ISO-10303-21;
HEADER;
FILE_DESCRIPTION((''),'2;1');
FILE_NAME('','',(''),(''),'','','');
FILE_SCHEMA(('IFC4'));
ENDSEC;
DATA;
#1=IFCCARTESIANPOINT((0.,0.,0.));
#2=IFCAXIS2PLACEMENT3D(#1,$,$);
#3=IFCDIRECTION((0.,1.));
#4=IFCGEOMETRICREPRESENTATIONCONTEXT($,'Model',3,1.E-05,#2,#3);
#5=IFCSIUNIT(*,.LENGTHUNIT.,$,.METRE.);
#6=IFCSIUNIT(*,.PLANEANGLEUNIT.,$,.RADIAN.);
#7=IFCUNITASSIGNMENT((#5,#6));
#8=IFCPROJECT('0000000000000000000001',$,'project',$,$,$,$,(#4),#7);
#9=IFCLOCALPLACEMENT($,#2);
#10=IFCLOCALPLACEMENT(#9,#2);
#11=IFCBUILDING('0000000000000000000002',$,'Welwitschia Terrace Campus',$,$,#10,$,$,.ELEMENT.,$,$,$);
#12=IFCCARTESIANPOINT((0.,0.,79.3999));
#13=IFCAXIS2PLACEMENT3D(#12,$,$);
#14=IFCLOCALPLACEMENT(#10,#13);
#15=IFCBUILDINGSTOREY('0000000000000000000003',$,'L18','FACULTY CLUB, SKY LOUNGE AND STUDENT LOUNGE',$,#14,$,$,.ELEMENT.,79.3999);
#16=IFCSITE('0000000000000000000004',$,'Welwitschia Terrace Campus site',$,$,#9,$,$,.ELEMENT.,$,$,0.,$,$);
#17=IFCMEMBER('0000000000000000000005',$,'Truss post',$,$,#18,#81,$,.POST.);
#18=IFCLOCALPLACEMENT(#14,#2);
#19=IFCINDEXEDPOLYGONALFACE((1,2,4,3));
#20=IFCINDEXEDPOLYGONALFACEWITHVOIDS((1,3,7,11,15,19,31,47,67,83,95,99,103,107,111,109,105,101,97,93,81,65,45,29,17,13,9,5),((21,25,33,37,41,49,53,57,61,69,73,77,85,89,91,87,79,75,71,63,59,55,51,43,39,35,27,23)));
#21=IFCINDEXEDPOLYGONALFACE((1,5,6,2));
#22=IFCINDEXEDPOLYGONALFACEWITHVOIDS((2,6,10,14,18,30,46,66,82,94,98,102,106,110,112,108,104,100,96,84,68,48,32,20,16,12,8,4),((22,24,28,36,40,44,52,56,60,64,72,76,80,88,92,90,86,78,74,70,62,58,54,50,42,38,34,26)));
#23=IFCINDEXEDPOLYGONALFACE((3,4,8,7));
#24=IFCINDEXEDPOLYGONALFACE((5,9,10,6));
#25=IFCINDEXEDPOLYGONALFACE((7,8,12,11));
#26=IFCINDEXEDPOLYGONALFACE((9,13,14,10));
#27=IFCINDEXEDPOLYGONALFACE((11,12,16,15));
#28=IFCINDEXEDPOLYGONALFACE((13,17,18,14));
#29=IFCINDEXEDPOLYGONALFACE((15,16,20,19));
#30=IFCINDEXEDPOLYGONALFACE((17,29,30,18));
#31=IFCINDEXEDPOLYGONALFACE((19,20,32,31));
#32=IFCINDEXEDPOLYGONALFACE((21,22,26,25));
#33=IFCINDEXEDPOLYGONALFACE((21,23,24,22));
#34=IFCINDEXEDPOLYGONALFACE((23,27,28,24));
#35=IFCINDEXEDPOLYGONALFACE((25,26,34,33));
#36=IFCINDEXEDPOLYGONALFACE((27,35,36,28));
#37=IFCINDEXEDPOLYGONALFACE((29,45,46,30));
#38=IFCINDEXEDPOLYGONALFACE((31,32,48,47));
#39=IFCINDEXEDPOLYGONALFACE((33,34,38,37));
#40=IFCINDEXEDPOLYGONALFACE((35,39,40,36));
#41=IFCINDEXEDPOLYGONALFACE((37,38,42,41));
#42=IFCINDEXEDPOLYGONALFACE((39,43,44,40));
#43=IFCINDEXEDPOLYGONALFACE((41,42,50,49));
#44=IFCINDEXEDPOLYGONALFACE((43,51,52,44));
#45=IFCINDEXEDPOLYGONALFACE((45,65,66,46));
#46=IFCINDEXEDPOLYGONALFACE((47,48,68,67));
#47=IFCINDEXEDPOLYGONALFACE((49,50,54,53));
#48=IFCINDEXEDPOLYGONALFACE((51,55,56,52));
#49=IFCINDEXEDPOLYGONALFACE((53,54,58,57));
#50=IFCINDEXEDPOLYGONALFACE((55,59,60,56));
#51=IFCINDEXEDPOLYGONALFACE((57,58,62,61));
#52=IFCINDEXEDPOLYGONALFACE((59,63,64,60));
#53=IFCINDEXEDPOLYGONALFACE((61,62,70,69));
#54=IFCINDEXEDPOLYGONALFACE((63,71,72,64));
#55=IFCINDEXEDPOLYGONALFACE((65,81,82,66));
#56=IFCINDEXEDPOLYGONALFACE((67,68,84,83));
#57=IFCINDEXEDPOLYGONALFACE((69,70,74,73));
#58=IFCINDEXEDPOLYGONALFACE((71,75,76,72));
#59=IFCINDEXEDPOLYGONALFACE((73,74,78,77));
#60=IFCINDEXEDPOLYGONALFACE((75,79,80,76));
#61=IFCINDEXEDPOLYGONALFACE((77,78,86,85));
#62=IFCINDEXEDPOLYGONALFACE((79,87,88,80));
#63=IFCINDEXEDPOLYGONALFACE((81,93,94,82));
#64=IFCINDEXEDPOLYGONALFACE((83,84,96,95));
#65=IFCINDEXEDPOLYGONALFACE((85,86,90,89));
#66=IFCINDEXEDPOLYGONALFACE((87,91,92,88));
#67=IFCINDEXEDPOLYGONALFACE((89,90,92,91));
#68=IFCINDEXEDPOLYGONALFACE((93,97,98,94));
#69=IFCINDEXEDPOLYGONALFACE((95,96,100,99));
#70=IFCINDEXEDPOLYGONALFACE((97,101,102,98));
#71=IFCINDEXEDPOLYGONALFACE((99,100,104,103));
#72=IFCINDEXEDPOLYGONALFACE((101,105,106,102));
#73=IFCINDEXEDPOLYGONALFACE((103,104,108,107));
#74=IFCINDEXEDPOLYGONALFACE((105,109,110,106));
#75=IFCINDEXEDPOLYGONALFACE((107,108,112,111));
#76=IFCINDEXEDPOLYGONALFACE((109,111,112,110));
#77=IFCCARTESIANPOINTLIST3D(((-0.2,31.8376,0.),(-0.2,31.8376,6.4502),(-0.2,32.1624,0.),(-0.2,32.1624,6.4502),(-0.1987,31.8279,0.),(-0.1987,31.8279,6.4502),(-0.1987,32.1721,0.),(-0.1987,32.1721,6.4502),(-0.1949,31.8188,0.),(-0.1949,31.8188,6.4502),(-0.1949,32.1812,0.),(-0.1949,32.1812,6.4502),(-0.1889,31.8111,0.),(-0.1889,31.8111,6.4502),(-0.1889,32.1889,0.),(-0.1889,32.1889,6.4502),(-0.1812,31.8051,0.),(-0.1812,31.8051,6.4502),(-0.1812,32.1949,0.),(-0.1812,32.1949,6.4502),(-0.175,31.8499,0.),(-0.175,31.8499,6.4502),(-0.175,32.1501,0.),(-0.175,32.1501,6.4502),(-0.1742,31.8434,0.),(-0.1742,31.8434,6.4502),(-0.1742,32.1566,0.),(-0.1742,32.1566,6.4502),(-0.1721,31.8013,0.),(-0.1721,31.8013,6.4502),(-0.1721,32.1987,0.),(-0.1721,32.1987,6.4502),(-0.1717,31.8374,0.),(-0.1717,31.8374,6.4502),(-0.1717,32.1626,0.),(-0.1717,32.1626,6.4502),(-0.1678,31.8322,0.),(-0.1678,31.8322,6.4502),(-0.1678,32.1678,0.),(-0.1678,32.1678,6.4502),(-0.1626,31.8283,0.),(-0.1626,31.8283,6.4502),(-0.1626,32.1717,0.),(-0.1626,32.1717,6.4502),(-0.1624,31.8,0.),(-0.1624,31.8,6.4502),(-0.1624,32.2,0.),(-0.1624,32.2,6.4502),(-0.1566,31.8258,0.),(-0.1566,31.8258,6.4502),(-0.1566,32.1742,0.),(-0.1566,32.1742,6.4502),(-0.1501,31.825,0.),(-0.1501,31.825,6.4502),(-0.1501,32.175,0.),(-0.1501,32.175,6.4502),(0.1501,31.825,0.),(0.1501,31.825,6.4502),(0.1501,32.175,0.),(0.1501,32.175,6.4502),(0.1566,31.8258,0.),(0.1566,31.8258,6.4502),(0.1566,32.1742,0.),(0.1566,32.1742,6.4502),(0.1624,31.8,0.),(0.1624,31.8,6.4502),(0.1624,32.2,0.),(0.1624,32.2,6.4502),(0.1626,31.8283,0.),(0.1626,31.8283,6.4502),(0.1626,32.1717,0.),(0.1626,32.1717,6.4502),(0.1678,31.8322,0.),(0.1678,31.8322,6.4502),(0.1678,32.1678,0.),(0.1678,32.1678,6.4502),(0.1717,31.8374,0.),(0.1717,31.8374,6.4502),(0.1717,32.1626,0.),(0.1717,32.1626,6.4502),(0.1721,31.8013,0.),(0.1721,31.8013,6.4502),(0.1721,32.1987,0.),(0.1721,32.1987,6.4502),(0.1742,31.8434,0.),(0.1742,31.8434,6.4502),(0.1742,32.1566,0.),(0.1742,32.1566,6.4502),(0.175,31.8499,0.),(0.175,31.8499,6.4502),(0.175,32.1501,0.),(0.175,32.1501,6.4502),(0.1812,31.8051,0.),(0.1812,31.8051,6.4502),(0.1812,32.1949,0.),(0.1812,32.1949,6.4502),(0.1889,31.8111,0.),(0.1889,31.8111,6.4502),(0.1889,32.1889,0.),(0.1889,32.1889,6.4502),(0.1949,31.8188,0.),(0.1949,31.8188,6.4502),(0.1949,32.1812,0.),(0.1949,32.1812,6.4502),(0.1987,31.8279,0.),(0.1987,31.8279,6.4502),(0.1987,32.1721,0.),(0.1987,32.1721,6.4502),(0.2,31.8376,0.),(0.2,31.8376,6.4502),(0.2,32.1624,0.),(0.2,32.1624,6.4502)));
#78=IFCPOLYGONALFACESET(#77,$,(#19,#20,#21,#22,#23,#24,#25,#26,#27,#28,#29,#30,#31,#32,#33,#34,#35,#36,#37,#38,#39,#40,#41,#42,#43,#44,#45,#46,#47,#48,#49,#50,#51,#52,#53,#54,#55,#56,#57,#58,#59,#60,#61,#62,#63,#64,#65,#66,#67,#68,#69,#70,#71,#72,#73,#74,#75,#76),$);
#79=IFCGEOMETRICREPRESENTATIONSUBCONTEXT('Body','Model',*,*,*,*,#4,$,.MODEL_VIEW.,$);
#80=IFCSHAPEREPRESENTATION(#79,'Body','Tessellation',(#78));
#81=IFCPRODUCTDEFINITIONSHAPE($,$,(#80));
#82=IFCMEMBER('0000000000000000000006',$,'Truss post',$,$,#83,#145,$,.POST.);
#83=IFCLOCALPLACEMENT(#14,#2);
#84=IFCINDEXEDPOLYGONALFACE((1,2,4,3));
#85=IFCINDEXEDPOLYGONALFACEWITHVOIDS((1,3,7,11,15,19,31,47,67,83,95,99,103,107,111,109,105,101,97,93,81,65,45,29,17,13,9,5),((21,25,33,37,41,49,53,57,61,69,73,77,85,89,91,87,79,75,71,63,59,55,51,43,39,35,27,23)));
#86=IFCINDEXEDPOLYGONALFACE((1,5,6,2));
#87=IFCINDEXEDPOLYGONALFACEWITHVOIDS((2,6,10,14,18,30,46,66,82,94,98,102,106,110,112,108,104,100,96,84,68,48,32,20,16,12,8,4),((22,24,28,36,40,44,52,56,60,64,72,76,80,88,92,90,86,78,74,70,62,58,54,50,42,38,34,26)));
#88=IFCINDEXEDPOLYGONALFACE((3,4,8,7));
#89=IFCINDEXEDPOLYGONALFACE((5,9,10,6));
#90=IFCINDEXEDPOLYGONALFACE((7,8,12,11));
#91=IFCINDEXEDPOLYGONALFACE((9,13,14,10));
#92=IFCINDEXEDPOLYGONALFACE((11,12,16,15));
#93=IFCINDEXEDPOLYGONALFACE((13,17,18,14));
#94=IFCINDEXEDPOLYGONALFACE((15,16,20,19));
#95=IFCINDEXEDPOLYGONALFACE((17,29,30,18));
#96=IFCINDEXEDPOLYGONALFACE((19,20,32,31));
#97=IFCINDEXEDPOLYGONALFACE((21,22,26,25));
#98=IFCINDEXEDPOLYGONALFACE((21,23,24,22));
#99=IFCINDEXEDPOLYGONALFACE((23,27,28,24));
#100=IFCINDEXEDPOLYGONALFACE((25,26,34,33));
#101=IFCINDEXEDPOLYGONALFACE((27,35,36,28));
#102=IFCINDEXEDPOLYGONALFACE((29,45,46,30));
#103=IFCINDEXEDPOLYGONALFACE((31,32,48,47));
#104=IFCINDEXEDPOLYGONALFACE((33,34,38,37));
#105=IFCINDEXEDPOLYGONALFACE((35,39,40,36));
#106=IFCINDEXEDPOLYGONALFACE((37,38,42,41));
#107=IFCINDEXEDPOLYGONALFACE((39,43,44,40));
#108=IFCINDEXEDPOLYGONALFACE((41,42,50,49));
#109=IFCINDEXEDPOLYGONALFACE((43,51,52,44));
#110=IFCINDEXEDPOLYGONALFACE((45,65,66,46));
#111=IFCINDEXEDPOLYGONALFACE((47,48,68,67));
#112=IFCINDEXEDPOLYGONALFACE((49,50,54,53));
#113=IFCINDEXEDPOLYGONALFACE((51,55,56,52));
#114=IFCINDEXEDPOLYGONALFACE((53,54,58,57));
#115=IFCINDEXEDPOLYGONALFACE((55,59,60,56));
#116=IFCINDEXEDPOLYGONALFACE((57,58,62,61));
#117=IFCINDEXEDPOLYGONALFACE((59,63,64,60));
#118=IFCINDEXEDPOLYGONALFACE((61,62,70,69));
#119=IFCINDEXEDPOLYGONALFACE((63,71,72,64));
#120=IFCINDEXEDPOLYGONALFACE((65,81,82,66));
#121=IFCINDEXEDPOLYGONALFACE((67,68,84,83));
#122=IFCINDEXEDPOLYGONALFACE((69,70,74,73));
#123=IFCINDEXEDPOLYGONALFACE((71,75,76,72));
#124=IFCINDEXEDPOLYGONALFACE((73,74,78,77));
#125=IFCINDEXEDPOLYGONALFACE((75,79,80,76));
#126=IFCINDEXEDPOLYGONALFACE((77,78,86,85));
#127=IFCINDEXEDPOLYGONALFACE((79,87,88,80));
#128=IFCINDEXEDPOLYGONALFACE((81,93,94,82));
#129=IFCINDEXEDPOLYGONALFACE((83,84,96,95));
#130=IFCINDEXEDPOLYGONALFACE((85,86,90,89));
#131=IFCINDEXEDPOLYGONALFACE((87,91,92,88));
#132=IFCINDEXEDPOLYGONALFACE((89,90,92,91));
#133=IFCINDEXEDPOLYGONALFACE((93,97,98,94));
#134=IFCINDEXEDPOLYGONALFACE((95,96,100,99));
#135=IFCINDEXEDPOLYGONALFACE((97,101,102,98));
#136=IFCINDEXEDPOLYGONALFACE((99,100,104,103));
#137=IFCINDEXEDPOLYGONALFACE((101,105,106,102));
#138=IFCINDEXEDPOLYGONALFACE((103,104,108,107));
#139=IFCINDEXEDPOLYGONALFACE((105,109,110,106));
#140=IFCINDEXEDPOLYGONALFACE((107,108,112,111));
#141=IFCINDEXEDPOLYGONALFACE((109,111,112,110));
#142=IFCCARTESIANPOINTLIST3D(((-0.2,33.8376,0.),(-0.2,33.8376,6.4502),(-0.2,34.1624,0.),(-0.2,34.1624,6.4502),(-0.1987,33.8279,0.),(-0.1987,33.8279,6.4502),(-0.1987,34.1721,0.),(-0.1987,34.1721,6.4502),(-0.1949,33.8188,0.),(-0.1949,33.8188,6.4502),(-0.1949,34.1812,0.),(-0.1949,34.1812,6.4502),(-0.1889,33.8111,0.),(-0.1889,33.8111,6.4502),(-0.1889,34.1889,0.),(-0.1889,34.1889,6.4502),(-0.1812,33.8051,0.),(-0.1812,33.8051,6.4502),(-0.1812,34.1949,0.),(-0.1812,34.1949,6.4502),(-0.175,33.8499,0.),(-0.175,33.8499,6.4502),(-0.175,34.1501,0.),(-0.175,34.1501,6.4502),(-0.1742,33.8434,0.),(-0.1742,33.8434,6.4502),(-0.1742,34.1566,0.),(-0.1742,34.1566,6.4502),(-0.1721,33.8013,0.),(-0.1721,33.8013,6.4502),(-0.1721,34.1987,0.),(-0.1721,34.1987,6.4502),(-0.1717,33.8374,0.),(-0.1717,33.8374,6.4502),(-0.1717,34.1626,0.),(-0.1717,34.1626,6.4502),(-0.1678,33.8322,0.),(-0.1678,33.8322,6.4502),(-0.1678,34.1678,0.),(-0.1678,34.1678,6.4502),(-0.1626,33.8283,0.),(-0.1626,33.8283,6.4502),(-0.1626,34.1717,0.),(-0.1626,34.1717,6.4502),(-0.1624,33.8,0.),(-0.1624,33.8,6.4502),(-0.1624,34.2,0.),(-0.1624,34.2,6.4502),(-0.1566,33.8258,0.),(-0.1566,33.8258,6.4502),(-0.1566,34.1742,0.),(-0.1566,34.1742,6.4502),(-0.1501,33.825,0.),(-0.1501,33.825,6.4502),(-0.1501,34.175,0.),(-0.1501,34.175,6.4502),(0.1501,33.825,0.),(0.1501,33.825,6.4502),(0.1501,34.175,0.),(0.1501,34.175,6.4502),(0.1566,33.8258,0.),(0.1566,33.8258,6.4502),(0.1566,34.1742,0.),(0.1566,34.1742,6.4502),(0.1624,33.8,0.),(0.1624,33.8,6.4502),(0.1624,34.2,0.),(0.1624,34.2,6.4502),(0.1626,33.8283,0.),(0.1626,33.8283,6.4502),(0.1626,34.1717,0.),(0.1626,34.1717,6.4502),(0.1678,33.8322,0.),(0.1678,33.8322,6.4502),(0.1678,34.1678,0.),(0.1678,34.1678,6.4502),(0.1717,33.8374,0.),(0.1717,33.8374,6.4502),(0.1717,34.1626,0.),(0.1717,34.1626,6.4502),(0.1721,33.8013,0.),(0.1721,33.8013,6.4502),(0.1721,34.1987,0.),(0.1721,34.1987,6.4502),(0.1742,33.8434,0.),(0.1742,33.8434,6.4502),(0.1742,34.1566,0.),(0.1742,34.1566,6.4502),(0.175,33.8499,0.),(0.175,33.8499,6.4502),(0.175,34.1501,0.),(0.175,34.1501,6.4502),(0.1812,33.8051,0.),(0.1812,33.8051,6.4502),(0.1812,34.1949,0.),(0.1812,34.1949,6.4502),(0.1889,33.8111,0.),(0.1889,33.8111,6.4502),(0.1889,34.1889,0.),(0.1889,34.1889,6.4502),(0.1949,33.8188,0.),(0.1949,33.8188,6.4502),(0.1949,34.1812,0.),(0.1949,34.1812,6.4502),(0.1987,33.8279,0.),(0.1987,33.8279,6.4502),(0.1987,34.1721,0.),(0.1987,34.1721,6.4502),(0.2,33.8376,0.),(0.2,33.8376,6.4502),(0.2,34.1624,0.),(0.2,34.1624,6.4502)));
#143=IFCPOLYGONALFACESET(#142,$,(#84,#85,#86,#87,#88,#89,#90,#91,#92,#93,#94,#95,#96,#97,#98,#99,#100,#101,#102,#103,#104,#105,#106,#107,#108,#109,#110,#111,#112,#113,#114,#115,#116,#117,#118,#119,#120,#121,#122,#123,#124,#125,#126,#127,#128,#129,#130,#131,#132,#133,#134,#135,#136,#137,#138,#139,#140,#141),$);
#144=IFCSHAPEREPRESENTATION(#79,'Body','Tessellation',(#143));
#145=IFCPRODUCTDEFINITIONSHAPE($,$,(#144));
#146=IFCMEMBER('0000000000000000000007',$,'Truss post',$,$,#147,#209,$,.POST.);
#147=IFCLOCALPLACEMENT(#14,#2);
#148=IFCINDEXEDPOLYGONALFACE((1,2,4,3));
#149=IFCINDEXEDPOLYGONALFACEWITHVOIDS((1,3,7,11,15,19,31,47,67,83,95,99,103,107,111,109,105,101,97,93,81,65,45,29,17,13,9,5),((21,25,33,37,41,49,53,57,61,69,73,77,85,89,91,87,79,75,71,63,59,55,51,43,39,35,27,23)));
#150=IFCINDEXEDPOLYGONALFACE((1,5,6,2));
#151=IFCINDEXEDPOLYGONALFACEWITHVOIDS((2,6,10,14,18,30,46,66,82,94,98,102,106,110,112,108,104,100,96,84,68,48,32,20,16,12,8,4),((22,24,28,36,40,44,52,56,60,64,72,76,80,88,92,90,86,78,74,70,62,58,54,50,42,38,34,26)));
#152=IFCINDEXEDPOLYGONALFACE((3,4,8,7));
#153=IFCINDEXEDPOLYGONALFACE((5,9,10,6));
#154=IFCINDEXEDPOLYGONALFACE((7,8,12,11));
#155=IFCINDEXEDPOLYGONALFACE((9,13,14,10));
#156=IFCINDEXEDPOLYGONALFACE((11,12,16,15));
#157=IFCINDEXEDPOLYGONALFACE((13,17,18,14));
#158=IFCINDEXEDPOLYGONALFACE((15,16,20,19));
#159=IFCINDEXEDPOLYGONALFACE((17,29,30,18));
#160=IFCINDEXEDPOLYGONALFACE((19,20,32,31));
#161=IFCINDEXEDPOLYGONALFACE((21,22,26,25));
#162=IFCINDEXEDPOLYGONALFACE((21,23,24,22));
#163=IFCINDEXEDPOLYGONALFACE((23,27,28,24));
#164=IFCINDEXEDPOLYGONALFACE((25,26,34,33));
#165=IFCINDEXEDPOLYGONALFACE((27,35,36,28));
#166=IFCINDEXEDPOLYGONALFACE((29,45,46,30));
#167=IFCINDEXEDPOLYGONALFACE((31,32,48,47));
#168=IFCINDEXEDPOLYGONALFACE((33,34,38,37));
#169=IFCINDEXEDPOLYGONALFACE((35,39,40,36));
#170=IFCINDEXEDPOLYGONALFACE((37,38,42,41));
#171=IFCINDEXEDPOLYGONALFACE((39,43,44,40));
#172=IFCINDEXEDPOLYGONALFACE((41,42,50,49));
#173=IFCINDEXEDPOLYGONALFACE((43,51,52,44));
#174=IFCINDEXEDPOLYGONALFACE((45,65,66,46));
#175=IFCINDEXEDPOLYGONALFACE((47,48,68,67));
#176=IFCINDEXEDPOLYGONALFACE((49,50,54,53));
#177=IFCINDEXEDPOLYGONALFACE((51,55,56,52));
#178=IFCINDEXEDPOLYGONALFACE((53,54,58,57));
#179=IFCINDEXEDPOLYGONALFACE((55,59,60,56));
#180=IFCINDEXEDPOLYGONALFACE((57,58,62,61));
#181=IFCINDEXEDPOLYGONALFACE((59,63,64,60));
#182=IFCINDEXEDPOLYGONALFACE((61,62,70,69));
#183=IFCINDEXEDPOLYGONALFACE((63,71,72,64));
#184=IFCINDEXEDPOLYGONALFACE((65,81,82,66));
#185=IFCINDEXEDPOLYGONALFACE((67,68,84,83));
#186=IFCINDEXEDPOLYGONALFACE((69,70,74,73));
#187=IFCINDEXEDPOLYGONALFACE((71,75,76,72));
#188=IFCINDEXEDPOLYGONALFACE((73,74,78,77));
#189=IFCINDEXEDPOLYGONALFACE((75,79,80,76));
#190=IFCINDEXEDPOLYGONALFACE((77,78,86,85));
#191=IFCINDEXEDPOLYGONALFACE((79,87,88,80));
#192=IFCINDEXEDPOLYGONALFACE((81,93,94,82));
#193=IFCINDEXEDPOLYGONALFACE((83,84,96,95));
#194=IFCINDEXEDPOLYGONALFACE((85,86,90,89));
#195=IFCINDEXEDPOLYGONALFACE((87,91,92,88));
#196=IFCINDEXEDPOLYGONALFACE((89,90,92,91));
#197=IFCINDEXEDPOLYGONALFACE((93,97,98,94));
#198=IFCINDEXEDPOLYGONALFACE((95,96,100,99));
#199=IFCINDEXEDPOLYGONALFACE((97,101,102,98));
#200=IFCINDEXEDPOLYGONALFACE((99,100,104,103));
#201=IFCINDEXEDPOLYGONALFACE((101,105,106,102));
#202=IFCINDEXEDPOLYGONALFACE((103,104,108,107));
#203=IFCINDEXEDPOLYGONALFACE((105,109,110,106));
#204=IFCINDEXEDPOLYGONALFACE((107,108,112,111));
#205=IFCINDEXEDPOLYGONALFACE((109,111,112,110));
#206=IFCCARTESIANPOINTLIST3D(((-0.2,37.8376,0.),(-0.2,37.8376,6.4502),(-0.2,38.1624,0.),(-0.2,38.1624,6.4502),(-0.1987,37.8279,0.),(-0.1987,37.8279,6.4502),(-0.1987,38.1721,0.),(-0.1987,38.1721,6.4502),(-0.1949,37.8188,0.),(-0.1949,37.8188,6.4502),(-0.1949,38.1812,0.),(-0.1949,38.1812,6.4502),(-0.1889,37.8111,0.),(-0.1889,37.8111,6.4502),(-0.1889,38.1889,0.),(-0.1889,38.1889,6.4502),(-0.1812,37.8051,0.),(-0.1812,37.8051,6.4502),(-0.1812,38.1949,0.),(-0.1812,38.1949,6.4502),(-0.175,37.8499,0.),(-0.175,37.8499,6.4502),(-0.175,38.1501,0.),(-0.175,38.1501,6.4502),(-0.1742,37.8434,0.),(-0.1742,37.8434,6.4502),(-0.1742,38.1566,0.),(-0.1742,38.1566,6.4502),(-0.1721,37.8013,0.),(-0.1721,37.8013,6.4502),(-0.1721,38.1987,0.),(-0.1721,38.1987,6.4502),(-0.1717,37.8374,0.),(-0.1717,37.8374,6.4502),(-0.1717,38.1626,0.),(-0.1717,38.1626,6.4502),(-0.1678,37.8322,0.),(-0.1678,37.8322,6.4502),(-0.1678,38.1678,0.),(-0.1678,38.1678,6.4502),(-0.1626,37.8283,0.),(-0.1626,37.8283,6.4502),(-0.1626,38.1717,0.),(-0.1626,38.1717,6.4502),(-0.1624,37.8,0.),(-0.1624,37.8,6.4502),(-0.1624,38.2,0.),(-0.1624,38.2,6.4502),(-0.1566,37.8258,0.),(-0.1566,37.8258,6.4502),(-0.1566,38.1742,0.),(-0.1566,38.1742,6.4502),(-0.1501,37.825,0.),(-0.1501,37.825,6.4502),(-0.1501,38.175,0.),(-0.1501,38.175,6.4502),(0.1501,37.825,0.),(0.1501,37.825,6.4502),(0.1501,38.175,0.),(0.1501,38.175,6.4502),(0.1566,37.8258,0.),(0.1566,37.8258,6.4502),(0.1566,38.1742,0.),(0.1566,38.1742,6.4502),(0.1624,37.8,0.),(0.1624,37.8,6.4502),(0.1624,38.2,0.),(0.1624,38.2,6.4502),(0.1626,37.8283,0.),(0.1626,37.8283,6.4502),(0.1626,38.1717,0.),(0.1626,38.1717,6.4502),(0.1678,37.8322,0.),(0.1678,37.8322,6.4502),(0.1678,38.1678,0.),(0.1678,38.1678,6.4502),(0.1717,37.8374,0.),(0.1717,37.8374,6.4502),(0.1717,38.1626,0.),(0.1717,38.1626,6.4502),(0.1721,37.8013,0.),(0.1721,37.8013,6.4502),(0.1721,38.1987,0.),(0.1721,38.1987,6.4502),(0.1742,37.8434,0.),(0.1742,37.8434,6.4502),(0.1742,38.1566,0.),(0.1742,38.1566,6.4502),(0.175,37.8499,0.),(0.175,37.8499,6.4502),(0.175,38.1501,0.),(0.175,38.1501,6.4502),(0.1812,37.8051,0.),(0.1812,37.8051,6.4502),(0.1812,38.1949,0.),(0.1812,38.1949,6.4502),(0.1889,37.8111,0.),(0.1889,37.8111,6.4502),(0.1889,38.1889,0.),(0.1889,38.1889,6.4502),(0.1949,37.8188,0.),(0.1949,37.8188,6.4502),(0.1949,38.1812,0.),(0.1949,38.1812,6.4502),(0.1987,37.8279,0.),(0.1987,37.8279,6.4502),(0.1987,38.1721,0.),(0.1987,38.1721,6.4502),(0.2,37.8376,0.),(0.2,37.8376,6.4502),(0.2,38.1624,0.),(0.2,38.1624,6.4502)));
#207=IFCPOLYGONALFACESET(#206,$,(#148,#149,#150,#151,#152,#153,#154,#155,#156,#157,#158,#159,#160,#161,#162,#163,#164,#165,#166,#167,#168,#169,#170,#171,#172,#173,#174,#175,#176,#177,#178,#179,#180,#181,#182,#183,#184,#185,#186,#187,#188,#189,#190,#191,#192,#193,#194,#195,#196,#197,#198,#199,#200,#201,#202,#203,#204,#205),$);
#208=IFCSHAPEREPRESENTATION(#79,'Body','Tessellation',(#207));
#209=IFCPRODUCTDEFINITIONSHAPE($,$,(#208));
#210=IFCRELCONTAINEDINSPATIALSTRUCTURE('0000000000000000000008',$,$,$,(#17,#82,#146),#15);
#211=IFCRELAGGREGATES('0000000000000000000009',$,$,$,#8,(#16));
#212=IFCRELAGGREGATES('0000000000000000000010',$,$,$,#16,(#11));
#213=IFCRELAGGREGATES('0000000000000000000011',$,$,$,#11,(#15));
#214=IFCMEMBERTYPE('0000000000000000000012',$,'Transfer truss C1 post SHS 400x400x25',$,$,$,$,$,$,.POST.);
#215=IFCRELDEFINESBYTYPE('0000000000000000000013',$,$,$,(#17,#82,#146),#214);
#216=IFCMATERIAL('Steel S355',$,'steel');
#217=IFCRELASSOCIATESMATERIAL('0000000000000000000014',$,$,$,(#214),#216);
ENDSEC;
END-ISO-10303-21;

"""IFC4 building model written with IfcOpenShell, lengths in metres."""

from ifc_helpers import new_model, si_unit, direction, frame, origin, origin_2d, place, context, subcontext, project, spatial, hollow_rectangle, extrude, material, material_profile, profile_set, type_object, element, save


model = new_model("IFC4")

# Units and contexts
model_context = context("Model", 3, precision=1e-05, world=origin(), true_north=direction((0.0, 1.0)))
body_context = subcontext(model_context, "Body", "Model", "MODEL_VIEW")
ifc_project = project(units=[si_unit("LENGTHUNIT", "METRE"), si_unit("PLANEANGLEUNIT", "RADIAN")], contexts=[model_context])

# Site, building, storey
site_placement = place(None, origin())
site = spatial("IfcSite", under=ifc_project, at=site_placement, Name="Welwitschia Terrace Campus site", CompositionType="ELEMENT", RefElevation=0.0)
building_placement = place(site_placement, origin())
building = spatial("IfcBuilding", under=site, at=building_placement, Name="Welwitschia Terrace Campus", CompositionType="ELEMENT")
storey_placement = place(building_placement, frame((0.0, 0.0, 79.3999)))
storey = spatial("IfcBuildingStorey", under=building, at=storey_placement, Name="L18", Description="FACULTY CLUB, SKY LOUNGE AND STUDENT LOUNGE", CompositionType="ELEMENT", Elevation=79.3999)

# Members
ifc_material_1 = material(Name="Steel S355", Category="steel")
ifc_material_profile_1 = material_profile(ifc_material_1, hollow_rectangle(XDim=0.3999, YDim=0.3999, WallThickness=0.0249, InnerFilletRadius=0.0249, OuterFilletRadius=0.0376, at=origin_2d()))
ifc_profile_set_1 = profile_set([ifc_material_profile_1], Name="Steel S355")
member_type_1 = type_object("IfcMemberType", Name="Transfer truss C1 post SHS 400x400x25", PredefinedType="POST", material=ifc_profile_set_1)
for number, where, z_axis, x_axis, name in (
    (1, (0.0, 32.0, 0.0), (0.0, 0.0, 1.0), (1.0, 0.0, 0.0), "Truss post"),
    (2, (0.0, 34.0, 0.0), (0.0, 0.0, 1.0), (1.0, 0.0, 0.0), "Truss post"),
    (3, (0.0, 38.0, 0.0), (0.0, 0.0, 1.0), (1.0, 0.0, 0.0), "Truss post"),
):
    element("IfcMember", number, at=place(storey_placement, frame(where, z_axis=z_axis, x_axis=x_axis)), inside=storey, type_object=member_type_1, Name=name, PredefinedType="POST", context=body_context, shape_type="SweptSolid", body=[
        extrude(hollow_rectangle(XDim=0.3999, YDim=0.3999, WallThickness=0.0249, InnerFilletRadius=0.0249, OuterFilletRadius=0.0376, at=origin_2d()), origin(), (0.0, 0.0, 1.0), 6.4502),
    ])

save(model, "model.ifc")
